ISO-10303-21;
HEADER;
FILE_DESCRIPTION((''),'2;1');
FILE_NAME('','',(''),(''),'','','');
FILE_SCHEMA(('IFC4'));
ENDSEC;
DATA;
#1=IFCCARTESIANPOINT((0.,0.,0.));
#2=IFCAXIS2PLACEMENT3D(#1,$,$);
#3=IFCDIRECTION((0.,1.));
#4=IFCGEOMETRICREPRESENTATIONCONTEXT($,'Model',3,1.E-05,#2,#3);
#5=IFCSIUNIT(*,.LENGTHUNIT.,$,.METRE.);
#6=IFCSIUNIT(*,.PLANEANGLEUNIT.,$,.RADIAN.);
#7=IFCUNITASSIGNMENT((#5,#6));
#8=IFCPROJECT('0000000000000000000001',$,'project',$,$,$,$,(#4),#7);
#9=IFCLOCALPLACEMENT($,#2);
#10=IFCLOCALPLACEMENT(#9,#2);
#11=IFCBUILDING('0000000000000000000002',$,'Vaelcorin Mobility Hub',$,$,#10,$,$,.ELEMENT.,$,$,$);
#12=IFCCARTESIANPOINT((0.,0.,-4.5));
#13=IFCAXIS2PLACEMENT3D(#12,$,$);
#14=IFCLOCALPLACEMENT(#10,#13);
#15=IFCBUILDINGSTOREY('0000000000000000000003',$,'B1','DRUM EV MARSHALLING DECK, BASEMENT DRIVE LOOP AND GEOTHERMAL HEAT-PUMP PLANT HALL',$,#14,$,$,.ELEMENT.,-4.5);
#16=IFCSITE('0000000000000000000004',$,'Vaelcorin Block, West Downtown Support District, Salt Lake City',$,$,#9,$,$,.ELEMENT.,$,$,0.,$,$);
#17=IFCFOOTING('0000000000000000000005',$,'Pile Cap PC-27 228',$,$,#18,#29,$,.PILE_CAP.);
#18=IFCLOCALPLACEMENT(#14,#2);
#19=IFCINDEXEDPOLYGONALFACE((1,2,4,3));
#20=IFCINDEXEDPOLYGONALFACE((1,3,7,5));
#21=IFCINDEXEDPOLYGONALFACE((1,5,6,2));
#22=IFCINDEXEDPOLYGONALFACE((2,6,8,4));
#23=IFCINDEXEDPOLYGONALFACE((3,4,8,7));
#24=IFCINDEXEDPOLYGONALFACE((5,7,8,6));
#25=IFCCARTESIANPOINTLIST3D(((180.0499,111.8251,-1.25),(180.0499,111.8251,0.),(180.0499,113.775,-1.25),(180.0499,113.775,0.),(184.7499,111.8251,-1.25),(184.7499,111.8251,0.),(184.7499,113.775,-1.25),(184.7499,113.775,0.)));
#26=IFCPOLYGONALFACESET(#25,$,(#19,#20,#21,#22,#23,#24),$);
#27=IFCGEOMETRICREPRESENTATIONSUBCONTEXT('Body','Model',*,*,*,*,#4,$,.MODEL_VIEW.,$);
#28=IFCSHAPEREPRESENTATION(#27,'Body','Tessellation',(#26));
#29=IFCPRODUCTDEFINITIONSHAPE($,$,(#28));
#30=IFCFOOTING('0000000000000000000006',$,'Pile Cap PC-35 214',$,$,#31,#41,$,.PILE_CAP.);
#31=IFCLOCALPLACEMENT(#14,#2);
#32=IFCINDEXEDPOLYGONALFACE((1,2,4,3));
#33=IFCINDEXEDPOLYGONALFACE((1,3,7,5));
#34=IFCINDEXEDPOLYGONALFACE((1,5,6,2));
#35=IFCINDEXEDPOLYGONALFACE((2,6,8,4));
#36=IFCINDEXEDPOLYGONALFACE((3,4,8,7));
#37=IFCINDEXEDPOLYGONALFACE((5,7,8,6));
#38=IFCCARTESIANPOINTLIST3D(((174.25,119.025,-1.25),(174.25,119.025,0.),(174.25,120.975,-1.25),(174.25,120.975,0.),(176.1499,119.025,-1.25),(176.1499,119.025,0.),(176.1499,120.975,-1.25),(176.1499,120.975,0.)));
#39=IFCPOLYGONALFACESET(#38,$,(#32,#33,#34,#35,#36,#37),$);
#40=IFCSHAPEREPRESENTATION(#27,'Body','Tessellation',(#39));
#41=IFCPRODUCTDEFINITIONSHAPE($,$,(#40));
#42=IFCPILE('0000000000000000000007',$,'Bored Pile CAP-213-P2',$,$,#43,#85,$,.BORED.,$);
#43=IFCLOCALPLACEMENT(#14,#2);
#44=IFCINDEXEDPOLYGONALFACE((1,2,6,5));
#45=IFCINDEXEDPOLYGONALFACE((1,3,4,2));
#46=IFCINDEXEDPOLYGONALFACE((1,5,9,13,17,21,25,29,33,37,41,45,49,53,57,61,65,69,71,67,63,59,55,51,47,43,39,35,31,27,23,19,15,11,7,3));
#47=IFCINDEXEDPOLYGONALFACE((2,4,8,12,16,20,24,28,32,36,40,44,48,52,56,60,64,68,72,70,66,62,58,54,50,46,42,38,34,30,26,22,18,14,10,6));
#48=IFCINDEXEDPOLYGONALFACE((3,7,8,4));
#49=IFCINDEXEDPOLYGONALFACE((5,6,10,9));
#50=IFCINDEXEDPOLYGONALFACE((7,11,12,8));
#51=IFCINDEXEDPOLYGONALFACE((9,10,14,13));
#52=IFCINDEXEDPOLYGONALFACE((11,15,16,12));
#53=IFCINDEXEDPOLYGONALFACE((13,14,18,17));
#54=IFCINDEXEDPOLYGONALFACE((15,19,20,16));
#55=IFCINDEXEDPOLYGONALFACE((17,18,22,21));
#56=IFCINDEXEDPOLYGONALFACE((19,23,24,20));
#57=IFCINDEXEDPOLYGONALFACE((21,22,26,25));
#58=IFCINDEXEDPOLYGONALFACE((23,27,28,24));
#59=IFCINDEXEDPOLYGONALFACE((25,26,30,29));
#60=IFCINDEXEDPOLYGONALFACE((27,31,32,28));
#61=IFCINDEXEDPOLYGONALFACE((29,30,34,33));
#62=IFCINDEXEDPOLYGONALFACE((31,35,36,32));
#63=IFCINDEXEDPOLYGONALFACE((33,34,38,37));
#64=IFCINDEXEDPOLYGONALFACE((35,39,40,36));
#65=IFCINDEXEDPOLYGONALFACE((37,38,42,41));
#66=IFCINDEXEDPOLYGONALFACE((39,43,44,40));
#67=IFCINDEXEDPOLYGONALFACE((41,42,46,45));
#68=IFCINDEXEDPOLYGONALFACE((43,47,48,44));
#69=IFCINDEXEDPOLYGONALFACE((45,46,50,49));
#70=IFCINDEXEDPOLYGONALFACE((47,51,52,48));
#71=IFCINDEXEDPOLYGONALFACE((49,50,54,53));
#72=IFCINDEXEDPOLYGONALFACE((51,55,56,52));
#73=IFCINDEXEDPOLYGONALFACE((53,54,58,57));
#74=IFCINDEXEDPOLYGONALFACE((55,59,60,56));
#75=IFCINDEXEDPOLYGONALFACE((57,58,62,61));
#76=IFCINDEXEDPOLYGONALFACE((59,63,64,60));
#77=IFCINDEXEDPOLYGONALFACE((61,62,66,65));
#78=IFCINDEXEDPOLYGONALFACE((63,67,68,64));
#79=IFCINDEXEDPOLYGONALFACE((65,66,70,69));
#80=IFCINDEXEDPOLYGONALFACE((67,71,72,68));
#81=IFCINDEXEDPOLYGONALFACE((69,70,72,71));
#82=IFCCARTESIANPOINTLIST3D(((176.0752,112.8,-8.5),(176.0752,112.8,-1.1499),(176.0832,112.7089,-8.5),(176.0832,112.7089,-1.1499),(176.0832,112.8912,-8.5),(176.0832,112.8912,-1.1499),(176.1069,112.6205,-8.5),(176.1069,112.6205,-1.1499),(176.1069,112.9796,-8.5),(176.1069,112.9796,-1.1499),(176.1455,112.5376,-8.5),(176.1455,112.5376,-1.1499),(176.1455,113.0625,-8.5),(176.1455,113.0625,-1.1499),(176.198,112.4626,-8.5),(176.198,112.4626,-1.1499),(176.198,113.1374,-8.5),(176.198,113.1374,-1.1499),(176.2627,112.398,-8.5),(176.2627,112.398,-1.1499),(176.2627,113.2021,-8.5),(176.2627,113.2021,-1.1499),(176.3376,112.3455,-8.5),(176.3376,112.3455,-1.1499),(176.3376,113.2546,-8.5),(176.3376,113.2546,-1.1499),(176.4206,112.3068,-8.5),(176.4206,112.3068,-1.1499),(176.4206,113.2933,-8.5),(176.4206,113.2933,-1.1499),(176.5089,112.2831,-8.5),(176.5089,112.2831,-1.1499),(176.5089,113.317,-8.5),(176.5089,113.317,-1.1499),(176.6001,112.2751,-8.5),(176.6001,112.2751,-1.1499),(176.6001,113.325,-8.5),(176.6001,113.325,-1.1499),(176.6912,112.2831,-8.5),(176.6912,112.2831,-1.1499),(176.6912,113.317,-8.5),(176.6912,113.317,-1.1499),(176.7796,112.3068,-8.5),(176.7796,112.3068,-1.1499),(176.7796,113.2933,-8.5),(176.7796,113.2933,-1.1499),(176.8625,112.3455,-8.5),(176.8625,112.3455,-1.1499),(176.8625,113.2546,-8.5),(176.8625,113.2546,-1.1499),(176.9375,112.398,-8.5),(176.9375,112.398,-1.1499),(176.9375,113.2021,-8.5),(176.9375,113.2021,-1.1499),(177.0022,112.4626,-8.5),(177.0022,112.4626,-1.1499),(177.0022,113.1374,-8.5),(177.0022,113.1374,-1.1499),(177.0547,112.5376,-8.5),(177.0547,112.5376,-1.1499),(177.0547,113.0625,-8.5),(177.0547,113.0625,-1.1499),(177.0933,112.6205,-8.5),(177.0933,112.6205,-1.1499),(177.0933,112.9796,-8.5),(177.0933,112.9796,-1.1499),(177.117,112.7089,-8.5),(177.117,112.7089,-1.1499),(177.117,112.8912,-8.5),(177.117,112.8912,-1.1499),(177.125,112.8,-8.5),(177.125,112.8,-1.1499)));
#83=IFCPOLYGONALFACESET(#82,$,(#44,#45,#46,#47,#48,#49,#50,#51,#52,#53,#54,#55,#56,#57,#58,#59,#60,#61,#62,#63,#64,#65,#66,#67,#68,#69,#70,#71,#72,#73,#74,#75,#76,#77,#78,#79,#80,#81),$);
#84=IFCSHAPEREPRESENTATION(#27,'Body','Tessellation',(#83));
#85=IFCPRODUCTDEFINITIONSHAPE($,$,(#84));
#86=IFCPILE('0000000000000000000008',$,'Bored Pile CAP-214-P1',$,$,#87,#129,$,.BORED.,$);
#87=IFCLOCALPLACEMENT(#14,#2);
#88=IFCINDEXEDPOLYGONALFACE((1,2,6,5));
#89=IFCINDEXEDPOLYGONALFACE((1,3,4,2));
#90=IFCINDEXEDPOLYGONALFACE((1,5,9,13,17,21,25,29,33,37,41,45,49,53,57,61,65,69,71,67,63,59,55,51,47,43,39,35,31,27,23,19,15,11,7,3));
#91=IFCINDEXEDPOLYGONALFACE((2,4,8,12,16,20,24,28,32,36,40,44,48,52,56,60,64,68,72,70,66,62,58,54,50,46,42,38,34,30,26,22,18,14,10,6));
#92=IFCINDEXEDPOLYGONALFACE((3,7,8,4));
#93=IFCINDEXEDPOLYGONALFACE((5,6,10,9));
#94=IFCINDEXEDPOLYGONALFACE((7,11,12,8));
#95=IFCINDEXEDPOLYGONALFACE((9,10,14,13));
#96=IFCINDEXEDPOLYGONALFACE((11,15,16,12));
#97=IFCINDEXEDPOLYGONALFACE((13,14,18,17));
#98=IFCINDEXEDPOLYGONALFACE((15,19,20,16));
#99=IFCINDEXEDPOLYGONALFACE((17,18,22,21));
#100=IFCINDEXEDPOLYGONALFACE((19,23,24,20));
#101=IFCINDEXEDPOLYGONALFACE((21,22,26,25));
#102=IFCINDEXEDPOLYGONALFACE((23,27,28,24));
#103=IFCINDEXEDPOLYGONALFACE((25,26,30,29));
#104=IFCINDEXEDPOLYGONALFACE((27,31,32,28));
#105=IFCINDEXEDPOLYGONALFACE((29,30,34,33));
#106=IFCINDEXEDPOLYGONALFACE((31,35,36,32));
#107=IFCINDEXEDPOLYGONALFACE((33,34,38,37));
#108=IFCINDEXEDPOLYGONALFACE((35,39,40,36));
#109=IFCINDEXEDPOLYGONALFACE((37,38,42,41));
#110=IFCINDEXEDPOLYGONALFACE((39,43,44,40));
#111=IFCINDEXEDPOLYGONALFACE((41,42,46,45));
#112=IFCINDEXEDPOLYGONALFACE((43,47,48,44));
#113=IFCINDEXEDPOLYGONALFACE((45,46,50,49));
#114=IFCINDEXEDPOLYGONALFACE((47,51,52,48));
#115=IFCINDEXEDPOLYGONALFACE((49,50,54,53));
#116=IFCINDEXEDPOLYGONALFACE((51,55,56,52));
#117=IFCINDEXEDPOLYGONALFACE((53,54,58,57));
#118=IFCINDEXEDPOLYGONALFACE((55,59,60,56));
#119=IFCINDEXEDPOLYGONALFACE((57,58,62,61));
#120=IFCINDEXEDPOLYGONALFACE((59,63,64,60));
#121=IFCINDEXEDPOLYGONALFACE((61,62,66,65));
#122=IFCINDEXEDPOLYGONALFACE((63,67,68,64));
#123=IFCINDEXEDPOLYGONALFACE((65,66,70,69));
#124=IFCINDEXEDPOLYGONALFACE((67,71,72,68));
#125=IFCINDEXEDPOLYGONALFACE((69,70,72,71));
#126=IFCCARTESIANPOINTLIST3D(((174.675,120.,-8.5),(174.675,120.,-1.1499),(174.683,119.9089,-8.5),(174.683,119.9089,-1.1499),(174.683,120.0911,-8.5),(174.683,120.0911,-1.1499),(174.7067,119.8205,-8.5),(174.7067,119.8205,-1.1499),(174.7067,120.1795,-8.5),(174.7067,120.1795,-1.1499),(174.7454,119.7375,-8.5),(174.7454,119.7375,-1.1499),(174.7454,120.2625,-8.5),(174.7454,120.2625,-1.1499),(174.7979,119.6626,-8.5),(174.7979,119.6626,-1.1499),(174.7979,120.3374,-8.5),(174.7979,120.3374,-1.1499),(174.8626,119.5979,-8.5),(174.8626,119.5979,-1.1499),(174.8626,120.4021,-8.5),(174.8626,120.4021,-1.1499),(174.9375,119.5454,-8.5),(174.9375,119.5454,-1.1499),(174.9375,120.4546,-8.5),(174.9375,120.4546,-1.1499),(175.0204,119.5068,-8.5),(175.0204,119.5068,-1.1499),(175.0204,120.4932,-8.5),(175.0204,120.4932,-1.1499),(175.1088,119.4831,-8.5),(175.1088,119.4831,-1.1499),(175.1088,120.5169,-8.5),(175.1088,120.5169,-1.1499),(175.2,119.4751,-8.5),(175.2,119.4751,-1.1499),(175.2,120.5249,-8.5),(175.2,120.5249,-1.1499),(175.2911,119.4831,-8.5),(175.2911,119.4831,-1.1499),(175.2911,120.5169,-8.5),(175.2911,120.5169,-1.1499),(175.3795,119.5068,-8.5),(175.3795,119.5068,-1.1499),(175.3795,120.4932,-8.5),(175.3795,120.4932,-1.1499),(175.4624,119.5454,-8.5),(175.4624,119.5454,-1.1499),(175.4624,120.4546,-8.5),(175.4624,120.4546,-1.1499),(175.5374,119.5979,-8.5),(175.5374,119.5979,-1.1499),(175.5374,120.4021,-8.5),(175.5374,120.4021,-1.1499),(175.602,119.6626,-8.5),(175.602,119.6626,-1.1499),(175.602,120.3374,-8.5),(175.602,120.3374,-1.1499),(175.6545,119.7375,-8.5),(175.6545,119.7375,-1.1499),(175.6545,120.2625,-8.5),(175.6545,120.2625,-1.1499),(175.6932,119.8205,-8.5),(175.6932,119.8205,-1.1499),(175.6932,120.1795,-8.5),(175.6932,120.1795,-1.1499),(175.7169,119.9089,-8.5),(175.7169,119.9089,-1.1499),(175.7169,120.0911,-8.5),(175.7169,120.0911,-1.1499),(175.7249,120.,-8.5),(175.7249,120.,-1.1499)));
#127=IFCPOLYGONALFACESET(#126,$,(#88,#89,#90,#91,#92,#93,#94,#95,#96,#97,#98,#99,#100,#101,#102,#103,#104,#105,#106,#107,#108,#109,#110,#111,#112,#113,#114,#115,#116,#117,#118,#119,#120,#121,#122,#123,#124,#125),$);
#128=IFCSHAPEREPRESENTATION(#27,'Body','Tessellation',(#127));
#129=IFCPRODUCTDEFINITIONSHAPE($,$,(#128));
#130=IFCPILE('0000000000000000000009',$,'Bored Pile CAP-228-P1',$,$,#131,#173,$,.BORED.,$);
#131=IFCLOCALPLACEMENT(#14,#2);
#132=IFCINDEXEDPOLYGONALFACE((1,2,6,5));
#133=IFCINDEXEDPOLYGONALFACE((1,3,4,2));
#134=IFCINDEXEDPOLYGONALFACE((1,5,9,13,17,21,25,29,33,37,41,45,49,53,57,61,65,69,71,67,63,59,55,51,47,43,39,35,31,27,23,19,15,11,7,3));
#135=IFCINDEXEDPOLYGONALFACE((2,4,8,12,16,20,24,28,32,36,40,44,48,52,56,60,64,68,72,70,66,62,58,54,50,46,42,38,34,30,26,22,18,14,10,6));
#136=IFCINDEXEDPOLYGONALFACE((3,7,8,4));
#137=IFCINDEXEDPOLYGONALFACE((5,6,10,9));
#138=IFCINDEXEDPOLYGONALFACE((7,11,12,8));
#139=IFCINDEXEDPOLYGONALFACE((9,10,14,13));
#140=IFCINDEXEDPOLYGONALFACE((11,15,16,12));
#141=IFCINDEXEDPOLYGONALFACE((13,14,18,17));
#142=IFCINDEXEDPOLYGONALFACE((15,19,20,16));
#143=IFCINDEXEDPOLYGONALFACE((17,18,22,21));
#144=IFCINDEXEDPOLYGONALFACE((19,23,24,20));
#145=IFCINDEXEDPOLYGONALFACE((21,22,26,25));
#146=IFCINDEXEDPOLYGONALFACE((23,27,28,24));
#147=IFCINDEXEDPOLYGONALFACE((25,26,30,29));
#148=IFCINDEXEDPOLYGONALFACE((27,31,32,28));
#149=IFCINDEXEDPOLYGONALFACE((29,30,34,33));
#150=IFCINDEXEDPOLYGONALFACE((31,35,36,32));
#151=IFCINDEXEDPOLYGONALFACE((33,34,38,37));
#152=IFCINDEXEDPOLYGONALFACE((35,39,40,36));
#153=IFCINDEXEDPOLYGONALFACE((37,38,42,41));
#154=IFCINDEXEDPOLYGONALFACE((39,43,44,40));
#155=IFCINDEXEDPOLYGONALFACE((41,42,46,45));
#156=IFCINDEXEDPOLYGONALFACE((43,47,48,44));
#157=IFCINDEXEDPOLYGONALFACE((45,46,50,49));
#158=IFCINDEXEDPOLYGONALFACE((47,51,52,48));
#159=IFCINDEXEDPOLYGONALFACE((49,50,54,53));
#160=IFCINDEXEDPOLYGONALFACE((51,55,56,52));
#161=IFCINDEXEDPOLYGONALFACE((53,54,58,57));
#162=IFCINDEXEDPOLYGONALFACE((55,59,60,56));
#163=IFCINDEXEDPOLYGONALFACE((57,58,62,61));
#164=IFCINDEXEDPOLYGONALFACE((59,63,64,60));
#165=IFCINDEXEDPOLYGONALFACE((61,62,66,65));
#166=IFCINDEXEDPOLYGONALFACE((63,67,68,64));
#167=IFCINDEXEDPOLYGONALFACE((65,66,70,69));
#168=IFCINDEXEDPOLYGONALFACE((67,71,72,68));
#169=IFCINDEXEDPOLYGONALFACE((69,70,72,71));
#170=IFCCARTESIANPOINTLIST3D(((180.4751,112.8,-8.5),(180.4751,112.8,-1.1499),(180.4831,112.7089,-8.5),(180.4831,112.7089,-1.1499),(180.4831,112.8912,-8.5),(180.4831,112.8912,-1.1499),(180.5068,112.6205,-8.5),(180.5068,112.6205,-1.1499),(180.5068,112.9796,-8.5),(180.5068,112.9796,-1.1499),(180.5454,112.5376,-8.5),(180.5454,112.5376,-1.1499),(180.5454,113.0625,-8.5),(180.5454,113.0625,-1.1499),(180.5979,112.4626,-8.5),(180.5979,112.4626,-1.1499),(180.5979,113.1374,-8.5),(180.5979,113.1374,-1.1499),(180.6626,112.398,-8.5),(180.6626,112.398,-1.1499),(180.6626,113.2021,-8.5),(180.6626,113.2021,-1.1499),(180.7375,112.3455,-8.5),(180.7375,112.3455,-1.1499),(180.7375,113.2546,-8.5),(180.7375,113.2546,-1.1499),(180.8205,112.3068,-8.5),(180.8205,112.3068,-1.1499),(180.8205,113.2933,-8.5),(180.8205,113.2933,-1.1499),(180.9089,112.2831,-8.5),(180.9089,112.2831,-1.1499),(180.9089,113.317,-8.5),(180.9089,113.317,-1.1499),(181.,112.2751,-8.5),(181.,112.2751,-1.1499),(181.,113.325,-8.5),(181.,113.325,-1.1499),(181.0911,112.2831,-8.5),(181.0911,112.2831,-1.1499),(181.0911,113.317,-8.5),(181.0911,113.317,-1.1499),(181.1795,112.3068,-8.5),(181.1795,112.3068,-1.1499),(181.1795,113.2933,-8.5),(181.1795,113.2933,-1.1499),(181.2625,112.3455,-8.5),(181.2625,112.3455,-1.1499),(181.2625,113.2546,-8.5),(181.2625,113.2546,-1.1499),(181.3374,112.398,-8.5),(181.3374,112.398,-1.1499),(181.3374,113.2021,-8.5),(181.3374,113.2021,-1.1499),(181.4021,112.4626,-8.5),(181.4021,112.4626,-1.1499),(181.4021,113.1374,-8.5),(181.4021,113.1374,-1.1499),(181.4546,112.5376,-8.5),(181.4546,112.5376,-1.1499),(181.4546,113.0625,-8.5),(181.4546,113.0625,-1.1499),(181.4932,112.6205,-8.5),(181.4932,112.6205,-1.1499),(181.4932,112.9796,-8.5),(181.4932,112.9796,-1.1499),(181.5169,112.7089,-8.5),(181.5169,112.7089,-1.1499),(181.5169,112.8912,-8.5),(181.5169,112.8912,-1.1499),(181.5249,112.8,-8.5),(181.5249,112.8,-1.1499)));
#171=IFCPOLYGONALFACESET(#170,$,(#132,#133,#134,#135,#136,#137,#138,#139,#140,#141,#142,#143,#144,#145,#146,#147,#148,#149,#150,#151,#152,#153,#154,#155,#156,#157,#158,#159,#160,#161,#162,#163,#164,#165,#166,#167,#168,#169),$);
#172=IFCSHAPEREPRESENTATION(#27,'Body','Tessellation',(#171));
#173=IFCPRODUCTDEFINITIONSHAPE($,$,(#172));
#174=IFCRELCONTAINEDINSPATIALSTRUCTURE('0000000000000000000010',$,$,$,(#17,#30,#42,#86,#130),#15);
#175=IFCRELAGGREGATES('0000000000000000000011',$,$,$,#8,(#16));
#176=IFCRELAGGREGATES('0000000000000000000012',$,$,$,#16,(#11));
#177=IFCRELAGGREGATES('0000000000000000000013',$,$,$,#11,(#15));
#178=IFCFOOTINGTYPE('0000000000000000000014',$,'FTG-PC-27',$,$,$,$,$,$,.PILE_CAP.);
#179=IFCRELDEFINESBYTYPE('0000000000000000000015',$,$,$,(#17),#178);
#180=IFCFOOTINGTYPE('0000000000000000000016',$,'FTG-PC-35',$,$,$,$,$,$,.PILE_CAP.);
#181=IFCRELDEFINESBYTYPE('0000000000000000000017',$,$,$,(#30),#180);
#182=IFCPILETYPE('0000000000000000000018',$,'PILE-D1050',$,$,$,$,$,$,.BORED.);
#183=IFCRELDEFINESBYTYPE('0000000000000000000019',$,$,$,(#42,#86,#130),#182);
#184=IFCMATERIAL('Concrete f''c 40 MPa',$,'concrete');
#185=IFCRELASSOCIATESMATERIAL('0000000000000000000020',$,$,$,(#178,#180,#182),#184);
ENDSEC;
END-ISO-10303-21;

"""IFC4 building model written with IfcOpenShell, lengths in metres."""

from ifc_helpers import new_model, si_unit, direction, frame, origin, origin_2d, place, context, subcontext, project, spatial, rectangle, circle, extrude, material, material_profile, profile_set, type_object, element, save


model = new_model("IFC4")

# Units and contexts
model_context = context("Model", 3, precision=1e-05, world=origin(), true_north=direction((0.0, 1.0)))
body_context = subcontext(model_context, "Body", "Model", "MODEL_VIEW")
ifc_project = project(units=[si_unit("LENGTHUNIT", "METRE"), si_unit("PLANEANGLEUNIT", "RADIAN")], contexts=[model_context])

# Site, building, storey
site_placement = place(None, origin())
site = spatial("IfcSite", under=ifc_project, at=site_placement, Name="Vaelcorin Block, West Downtown Support District, Salt Lake City", CompositionType="ELEMENT", RefElevation=0.0)
building_placement = place(site_placement, origin())
building = spatial("IfcBuilding", under=site, at=building_placement, Name="Vaelcorin Mobility Hub", CompositionType="ELEMENT")
storey_placement = place(building_placement, frame((0.0, 0.0, -4.5)))
storey = spatial("IfcBuildingStorey", under=building, at=storey_placement, Name="B1", Description="DRUM EV MARSHALLING DECK, BASEMENT DRIVE LOOP AND GEOTHERMAL HEAT-PUMP PLANT HALL", CompositionType="ELEMENT", Elevation=-4.5)

# Footings
ifc_material_1 = material(Name="Concrete f'c 40 MPa", Category="concrete")
footing_type_1 = type_object("IfcFootingType", Name="FTG-PC-27", PredefinedType="PILE_CAP", material=ifc_material_1)
footing_1_placement = place(storey_placement, frame((182.3999, 112.8, -1.25), z_axis=(0.0, 0.0, 1.0), x_axis=(1.0, 0.0, 0.0)))
element("IfcFooting", 1, at=footing_1_placement, inside=storey, type_object=footing_type_1, Name="Pile Cap PC-27 228", PredefinedType="PILE_CAP", context=body_context, shape_type="SweptSolid", body=[
    extrude(rectangle(XDim=4.7, YDim=1.95, at=origin_2d()), origin(), (0.0, 0.0, 1.0), 1.25),
])
footing_type_2 = type_object("IfcFootingType", Name="FTG-PC-35", PredefinedType="PILE_CAP", material=ifc_material_1)
footing_2_placement = place(storey_placement, frame((175.2, 120.0, -1.25), z_axis=(0.0, 0.0, 1.0), x_axis=(1.0, 0.0, 0.0)))
element("IfcFooting", 2, at=footing_2_placement, inside=storey, type_object=footing_type_2, Name="Pile Cap PC-35 214", PredefinedType="PILE_CAP", context=body_context, shape_type="SweptSolid", body=[
    extrude(rectangle(XDim=1.8999, YDim=1.95, at=origin_2d()), origin(), (0.0, 0.0, 1.0), 1.25),
])

# Piles
ifc_material_profile_1 = material_profile(ifc_material_1, circle(Radius=0.5249, at=origin_2d()), Name="BP-D1050")
ifc_profile_set_1 = profile_set([ifc_material_profile_1], Name="Concrete f'c 40 MPa")
pile_type = type_object("IfcPileType", Name="PILE-D1050", PredefinedType="BORED", material=ifc_profile_set_1)
for number, where, z_axis, x_axis, name in (
    (3, (176.6001, 112.8, -1.1499), (0.0, 0.0, -1.0), (1.0, 0.0, 0.0), "Bored Pile CAP-213-P2"),
    (4, (175.2, 120.0, -1.1499), (0.0, 0.0, -1.0), (1.0, 0.0, 0.0), "Bored Pile CAP-214-P1"),
    (5, (181.0, 112.8, -1.1499), (0.0, 0.0, -1.0), (1.0, 0.0, 0.0), "Bored Pile CAP-228-P1"),
):
    element("IfcPile", number, at=place(storey_placement, frame(where, z_axis=z_axis, x_axis=x_axis)), inside=storey, type_object=pile_type, Name=name, PredefinedType="BORED", context=body_context, shape_type="SweptSolid", body=[
        extrude(circle(Radius=0.5249, at=origin_2d()), origin(), (0.0, 0.0, 1.0), 7.3501),
    ])

save(model, "model.ifc")
